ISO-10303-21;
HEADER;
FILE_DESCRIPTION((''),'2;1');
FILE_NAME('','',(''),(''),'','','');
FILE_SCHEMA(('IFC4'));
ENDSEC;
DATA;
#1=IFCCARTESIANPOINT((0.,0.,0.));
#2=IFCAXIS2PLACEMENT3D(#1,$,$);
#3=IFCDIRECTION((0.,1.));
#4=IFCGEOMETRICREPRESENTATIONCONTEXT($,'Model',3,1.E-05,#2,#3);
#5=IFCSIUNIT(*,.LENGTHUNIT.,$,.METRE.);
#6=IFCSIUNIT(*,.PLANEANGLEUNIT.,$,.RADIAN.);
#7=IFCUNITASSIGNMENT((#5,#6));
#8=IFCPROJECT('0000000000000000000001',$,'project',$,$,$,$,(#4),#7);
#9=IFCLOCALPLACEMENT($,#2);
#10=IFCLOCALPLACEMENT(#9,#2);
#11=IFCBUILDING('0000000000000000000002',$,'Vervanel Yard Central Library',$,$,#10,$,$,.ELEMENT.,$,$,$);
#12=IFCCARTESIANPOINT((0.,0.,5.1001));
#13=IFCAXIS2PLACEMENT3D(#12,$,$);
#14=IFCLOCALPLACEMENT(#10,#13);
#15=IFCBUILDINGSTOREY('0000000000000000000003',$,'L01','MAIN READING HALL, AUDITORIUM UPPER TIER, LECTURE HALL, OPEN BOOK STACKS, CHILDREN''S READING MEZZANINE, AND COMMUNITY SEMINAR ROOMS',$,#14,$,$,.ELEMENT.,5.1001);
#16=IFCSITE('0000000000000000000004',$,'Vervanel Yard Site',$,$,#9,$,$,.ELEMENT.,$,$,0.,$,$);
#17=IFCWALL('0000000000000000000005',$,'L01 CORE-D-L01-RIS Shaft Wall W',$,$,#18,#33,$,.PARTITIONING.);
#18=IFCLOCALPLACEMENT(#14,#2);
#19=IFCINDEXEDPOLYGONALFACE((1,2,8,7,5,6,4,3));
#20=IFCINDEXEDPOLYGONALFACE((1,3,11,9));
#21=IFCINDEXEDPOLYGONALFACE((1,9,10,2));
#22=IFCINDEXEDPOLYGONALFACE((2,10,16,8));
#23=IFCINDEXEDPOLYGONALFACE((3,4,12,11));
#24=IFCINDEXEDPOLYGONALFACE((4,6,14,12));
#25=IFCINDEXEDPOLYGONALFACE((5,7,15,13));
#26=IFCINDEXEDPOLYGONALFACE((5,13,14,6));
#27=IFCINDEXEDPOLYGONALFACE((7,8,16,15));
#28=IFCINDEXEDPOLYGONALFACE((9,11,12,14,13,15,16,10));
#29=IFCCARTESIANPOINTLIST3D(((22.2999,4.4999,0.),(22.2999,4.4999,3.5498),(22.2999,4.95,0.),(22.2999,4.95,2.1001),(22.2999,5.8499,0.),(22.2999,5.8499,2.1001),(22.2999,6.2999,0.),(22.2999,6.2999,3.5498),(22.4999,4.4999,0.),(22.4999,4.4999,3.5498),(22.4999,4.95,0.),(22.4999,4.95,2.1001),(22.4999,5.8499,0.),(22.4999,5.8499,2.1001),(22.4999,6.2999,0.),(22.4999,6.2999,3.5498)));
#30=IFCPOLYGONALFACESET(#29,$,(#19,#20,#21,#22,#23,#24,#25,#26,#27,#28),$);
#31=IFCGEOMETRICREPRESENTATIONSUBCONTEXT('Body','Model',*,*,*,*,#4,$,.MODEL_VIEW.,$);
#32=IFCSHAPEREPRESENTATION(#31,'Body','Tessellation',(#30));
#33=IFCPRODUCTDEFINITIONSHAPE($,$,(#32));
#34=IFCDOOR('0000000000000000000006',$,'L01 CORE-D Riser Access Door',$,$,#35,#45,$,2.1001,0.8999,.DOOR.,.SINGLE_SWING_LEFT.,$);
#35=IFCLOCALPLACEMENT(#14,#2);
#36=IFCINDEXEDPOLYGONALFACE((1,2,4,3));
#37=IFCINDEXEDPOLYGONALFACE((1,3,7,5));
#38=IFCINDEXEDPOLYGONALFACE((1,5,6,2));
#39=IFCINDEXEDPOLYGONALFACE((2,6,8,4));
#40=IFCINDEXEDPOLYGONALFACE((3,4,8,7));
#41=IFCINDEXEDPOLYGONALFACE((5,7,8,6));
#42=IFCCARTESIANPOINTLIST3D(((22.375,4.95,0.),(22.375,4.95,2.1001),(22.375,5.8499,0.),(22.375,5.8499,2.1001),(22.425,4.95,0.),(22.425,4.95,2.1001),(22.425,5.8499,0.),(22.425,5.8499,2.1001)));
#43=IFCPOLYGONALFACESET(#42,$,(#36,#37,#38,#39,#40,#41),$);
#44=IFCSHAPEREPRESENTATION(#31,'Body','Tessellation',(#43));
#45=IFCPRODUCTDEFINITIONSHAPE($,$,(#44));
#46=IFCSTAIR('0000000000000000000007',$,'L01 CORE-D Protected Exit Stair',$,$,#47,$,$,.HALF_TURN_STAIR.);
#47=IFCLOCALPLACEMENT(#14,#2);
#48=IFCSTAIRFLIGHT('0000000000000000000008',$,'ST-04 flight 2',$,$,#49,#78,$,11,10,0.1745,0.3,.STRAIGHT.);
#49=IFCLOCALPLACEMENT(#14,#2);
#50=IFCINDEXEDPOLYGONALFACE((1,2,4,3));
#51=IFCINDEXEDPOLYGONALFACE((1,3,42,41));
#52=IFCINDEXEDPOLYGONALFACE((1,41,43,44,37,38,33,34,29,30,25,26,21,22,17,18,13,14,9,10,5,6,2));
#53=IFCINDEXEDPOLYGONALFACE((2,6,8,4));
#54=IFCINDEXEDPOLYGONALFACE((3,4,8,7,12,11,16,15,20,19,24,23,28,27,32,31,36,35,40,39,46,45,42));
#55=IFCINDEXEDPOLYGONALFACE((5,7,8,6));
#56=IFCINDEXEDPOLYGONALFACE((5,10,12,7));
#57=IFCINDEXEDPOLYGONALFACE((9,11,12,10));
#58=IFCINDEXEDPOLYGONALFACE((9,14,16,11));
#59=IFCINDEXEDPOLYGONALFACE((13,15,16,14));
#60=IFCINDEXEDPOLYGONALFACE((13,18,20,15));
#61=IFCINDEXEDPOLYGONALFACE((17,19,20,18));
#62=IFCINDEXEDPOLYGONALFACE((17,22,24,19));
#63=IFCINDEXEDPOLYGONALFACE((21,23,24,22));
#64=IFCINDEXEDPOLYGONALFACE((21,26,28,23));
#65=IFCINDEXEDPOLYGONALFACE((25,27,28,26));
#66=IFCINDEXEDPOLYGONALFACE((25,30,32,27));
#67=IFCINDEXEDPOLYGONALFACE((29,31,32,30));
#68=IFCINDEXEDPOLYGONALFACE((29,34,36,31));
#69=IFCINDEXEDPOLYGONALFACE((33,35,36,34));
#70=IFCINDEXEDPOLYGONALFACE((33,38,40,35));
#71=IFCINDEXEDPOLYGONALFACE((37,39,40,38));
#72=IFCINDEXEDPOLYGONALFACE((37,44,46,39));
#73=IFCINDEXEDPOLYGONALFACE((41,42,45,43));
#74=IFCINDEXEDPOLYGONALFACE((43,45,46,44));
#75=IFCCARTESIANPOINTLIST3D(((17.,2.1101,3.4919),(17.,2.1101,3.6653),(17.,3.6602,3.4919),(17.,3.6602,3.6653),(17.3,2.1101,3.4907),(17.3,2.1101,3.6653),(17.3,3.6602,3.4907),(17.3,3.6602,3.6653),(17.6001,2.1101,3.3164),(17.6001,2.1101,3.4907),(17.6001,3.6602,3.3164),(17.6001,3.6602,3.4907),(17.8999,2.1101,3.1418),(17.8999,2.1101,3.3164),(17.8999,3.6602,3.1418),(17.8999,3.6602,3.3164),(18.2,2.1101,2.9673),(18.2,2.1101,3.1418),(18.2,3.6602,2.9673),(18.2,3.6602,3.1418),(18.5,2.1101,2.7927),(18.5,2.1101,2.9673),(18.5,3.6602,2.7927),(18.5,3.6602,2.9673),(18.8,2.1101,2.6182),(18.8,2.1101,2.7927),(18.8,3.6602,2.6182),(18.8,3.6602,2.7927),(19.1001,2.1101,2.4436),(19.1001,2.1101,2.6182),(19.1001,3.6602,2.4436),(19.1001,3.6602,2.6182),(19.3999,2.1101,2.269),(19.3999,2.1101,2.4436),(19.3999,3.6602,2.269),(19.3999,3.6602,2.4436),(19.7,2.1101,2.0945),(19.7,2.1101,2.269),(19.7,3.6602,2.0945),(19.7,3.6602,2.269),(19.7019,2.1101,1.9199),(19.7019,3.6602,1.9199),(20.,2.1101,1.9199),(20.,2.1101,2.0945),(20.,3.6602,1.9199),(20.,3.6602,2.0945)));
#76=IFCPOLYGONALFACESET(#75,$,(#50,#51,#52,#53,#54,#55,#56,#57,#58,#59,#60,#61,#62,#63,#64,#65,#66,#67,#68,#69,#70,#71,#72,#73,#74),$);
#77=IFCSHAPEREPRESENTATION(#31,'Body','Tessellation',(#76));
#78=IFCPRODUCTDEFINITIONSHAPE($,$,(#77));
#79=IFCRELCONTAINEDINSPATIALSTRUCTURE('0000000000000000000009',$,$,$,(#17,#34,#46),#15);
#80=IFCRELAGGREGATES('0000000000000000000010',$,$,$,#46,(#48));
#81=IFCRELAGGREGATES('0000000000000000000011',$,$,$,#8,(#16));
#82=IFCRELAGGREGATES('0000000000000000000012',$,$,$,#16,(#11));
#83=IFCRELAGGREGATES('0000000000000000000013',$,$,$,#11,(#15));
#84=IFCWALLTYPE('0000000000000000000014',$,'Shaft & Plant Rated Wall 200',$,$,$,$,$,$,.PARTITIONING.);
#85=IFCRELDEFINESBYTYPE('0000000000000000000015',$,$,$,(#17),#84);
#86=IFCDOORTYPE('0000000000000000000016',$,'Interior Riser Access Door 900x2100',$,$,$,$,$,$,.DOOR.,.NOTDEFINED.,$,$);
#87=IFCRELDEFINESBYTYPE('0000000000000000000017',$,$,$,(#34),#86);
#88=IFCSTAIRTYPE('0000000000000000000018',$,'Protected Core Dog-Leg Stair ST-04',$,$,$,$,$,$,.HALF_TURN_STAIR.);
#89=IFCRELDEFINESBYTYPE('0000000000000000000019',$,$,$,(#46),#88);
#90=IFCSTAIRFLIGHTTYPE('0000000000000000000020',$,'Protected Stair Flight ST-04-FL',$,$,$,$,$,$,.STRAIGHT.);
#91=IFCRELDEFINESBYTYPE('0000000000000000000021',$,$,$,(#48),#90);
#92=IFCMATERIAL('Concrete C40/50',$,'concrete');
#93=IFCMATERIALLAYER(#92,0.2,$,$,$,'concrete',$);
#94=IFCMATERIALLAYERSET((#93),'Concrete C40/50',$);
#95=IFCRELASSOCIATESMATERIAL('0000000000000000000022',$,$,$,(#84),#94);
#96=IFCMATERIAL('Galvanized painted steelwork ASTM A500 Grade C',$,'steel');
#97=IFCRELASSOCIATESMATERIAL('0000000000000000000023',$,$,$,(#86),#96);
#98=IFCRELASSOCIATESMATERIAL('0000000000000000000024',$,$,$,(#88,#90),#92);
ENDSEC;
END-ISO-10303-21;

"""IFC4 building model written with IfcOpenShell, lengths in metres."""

from ifc_helpers import new_model, si_unit, direction, frame, frame_2d, origin, place, context, subcontext, project, spatial, polyline, rectangle, outline, extrude, material, layer, layer_set, type_object, element, fill, aggregate, save


model = new_model("IFC4")

# Units and contexts
model_context = context("Model", 3, precision=1e-05, world=origin(), true_north=direction((0.0, 1.0)))
body_context = subcontext(model_context, "Body", "Model", "MODEL_VIEW")
ifc_project = project(units=[si_unit("LENGTHUNIT", "METRE"), si_unit("PLANEANGLEUNIT", "RADIAN")], contexts=[model_context])

# Site, building, storey
site_placement = place(None, origin())
site = spatial("IfcSite", under=ifc_project, at=site_placement, Name="Vervanel Yard Site", CompositionType="ELEMENT", RefElevation=0.0)
building_placement = place(site_placement, origin())
building = spatial("IfcBuilding", under=site, at=building_placement, Name="Vervanel Yard Central Library", CompositionType="ELEMENT")
storey_placement = place(building_placement, frame((0.0, 0.0, 5.1001)))
storey = spatial("IfcBuildingStorey", under=building, at=storey_placement, Name="L01", Description="MAIN READING HALL, AUDITORIUM UPPER TIER, LECTURE HALL, OPEN BOOK STACKS, CHILDREN'S READING MEZZANINE, AND COMMUNITY SEMINAR ROOMS", CompositionType="ELEMENT", Elevation=5.1001)

# Shared definitions
ifc_material_1 = material(Name="Concrete C40/50", Category="concrete")

# Shared definitions
ifc_material_2 = material(Name="Galvanized painted steelwork ASTM A500 Grade C", Category="steel")

# Shared definitions
ifc_layer_1 = layer(ifc_material_1, 0.2, Category="concrete")
ifc_layer_set_1 = layer_set([ifc_layer_1], Name="Concrete C40/50")
wall_type_1 = type_object("IfcWallType", Name="Shaft & Plant Rated Wall 200", PredefinedType="PARTITIONING", material=ifc_layer_set_1)

# Wall, opening, door
wall_1_placement = place(storey_placement, frame((22.3999, 4.5, 0.0), z_axis=(0.0, 0.0, 1.0), x_axis=(0.0, 1.0, 0.0)))
wall_1 = element("IfcWall", 1, at=wall_1_placement, inside=storey, type_object=wall_type_1, Name="L01 CORE-D-L01-RIS Shaft Wall W", PredefinedType="PARTITIONING", context=body_context, shape_type="SweptSolid", body=[
    extrude(rectangle(XDim=1.8, YDim=0.2, at=frame_2d((0.8999, 0.0))), origin(), (0.0, 0.0, 1.0), 3.5498),
])
opening_1_placement = place(wall_1_placement, frame((0.45, 0.0, 0.0)))
opening_1 = element("IfcOpeningElement", 2, at=opening_1_placement, cuts=wall_1, PredefinedType="OPENING", context=body_context, shape_type="SweptSolid", body=[
    extrude(rectangle(XDim=0.8999, YDim=2.1001, at=frame_2d((0.45, 1.05))), frame((0.0, 0.1099, 0.0), z_axis=(0.0, -1.0, 0.0), x_axis=(1.0, 0.0, 0.0)), (0.0, 0.0, 1.0), 0.22),
])
door_type_1 = type_object("IfcDoorType", Name="Interior Riser Access Door 900x2100", OperationType="NOTDEFINED", PredefinedType="DOOR", material=ifc_material_2)
door_1_placement = place(opening_1_placement, origin())
door_1 = element("IfcDoor", 3, at=door_1_placement, inside=storey, type_object=door_type_1, Name="L01 CORE-D Riser Access Door", OperationType="SINGLE_SWING_LEFT", OverallHeight=2.1001, OverallWidth=0.8999, PredefinedType="DOOR", context=body_context, shape_type="SweptSolid", body=[
    extrude(rectangle(XDim=0.8999, YDim=2.1001, at=frame_2d((0.45, 1.05))), frame((0.0, 0.0249, 0.0), z_axis=(0.0, -1.0, 0.0), x_axis=(1.0, 0.0, 0.0)), (0.0, 0.0, 1.0), 0.05),
])
fill(opening_1, door_1)

# Stair, stair flight
stair_type = type_object("IfcStairType", Name="Protected Core Dog-Leg Stair ST-04", PredefinedType="HALF_TURN_STAIR", material=ifc_material_1)
stair_placement = place(storey_placement, origin())
stair = element("IfcStair", 4, at=stair_placement, inside=storey, type_object=stair_type, Name="L01 CORE-D Protected Exit Stair", PredefinedType="HALF_TURN_STAIR")
stair_flight_type = type_object("IfcStairFlightType", Name="Protected Stair Flight ST-04-FL", PredefinedType="STRAIGHT", material=ifc_material_1)
stair_flight_placement = place(storey_placement, frame((20.0, 2.885, 1.9199), z_axis=(0.0, 0.0, 1.0), x_axis=(-1.0, 0.0, 0.0)))
stair_flight = element("IfcStairFlight", 5, at=stair_flight_placement, type_object=stair_flight_type, Name="ST-04 flight 2", NumberOfRisers=11, NumberOfTreads=10, PredefinedType="STRAIGHT", RiserHeight=0.1745, TreadLength=0.3, context=body_context, shape_type="SweptSolid", body=[
    extrude(outline(polyline([(0.0, 0.0), (0.0, 0.1746), (0.3, 0.1746), (0.3, 0.3491), (0.6001, 0.3491), (0.6001, 0.5237), (0.8999, 0.5237), (0.8999, 0.6982), (1.2, 0.6982), (1.2, 0.8728), (1.5, 0.8728), (1.5, 1.0474), (1.8, 1.0474), (1.8, 1.2219), (2.1001, 1.2219), (2.1001, 1.3965), (2.3999, 1.3965), (2.3999, 1.5708), (2.7, 1.5708), (2.7, 1.7454), (3.0, 1.7454), (3.0, 1.9199), (3.0, 1.572), (0.2981, 0.0), (0.0, 0.0)])), frame((0.0, 0.7749, 0.0), z_axis=(0.0, -1.0, 0.0), x_axis=(1.0, 0.0, 0.0)), (0.0, 0.0, 1.0), 1.55),
])
aggregate(stair, [stair_flight])

save(model, "model.ifc")
